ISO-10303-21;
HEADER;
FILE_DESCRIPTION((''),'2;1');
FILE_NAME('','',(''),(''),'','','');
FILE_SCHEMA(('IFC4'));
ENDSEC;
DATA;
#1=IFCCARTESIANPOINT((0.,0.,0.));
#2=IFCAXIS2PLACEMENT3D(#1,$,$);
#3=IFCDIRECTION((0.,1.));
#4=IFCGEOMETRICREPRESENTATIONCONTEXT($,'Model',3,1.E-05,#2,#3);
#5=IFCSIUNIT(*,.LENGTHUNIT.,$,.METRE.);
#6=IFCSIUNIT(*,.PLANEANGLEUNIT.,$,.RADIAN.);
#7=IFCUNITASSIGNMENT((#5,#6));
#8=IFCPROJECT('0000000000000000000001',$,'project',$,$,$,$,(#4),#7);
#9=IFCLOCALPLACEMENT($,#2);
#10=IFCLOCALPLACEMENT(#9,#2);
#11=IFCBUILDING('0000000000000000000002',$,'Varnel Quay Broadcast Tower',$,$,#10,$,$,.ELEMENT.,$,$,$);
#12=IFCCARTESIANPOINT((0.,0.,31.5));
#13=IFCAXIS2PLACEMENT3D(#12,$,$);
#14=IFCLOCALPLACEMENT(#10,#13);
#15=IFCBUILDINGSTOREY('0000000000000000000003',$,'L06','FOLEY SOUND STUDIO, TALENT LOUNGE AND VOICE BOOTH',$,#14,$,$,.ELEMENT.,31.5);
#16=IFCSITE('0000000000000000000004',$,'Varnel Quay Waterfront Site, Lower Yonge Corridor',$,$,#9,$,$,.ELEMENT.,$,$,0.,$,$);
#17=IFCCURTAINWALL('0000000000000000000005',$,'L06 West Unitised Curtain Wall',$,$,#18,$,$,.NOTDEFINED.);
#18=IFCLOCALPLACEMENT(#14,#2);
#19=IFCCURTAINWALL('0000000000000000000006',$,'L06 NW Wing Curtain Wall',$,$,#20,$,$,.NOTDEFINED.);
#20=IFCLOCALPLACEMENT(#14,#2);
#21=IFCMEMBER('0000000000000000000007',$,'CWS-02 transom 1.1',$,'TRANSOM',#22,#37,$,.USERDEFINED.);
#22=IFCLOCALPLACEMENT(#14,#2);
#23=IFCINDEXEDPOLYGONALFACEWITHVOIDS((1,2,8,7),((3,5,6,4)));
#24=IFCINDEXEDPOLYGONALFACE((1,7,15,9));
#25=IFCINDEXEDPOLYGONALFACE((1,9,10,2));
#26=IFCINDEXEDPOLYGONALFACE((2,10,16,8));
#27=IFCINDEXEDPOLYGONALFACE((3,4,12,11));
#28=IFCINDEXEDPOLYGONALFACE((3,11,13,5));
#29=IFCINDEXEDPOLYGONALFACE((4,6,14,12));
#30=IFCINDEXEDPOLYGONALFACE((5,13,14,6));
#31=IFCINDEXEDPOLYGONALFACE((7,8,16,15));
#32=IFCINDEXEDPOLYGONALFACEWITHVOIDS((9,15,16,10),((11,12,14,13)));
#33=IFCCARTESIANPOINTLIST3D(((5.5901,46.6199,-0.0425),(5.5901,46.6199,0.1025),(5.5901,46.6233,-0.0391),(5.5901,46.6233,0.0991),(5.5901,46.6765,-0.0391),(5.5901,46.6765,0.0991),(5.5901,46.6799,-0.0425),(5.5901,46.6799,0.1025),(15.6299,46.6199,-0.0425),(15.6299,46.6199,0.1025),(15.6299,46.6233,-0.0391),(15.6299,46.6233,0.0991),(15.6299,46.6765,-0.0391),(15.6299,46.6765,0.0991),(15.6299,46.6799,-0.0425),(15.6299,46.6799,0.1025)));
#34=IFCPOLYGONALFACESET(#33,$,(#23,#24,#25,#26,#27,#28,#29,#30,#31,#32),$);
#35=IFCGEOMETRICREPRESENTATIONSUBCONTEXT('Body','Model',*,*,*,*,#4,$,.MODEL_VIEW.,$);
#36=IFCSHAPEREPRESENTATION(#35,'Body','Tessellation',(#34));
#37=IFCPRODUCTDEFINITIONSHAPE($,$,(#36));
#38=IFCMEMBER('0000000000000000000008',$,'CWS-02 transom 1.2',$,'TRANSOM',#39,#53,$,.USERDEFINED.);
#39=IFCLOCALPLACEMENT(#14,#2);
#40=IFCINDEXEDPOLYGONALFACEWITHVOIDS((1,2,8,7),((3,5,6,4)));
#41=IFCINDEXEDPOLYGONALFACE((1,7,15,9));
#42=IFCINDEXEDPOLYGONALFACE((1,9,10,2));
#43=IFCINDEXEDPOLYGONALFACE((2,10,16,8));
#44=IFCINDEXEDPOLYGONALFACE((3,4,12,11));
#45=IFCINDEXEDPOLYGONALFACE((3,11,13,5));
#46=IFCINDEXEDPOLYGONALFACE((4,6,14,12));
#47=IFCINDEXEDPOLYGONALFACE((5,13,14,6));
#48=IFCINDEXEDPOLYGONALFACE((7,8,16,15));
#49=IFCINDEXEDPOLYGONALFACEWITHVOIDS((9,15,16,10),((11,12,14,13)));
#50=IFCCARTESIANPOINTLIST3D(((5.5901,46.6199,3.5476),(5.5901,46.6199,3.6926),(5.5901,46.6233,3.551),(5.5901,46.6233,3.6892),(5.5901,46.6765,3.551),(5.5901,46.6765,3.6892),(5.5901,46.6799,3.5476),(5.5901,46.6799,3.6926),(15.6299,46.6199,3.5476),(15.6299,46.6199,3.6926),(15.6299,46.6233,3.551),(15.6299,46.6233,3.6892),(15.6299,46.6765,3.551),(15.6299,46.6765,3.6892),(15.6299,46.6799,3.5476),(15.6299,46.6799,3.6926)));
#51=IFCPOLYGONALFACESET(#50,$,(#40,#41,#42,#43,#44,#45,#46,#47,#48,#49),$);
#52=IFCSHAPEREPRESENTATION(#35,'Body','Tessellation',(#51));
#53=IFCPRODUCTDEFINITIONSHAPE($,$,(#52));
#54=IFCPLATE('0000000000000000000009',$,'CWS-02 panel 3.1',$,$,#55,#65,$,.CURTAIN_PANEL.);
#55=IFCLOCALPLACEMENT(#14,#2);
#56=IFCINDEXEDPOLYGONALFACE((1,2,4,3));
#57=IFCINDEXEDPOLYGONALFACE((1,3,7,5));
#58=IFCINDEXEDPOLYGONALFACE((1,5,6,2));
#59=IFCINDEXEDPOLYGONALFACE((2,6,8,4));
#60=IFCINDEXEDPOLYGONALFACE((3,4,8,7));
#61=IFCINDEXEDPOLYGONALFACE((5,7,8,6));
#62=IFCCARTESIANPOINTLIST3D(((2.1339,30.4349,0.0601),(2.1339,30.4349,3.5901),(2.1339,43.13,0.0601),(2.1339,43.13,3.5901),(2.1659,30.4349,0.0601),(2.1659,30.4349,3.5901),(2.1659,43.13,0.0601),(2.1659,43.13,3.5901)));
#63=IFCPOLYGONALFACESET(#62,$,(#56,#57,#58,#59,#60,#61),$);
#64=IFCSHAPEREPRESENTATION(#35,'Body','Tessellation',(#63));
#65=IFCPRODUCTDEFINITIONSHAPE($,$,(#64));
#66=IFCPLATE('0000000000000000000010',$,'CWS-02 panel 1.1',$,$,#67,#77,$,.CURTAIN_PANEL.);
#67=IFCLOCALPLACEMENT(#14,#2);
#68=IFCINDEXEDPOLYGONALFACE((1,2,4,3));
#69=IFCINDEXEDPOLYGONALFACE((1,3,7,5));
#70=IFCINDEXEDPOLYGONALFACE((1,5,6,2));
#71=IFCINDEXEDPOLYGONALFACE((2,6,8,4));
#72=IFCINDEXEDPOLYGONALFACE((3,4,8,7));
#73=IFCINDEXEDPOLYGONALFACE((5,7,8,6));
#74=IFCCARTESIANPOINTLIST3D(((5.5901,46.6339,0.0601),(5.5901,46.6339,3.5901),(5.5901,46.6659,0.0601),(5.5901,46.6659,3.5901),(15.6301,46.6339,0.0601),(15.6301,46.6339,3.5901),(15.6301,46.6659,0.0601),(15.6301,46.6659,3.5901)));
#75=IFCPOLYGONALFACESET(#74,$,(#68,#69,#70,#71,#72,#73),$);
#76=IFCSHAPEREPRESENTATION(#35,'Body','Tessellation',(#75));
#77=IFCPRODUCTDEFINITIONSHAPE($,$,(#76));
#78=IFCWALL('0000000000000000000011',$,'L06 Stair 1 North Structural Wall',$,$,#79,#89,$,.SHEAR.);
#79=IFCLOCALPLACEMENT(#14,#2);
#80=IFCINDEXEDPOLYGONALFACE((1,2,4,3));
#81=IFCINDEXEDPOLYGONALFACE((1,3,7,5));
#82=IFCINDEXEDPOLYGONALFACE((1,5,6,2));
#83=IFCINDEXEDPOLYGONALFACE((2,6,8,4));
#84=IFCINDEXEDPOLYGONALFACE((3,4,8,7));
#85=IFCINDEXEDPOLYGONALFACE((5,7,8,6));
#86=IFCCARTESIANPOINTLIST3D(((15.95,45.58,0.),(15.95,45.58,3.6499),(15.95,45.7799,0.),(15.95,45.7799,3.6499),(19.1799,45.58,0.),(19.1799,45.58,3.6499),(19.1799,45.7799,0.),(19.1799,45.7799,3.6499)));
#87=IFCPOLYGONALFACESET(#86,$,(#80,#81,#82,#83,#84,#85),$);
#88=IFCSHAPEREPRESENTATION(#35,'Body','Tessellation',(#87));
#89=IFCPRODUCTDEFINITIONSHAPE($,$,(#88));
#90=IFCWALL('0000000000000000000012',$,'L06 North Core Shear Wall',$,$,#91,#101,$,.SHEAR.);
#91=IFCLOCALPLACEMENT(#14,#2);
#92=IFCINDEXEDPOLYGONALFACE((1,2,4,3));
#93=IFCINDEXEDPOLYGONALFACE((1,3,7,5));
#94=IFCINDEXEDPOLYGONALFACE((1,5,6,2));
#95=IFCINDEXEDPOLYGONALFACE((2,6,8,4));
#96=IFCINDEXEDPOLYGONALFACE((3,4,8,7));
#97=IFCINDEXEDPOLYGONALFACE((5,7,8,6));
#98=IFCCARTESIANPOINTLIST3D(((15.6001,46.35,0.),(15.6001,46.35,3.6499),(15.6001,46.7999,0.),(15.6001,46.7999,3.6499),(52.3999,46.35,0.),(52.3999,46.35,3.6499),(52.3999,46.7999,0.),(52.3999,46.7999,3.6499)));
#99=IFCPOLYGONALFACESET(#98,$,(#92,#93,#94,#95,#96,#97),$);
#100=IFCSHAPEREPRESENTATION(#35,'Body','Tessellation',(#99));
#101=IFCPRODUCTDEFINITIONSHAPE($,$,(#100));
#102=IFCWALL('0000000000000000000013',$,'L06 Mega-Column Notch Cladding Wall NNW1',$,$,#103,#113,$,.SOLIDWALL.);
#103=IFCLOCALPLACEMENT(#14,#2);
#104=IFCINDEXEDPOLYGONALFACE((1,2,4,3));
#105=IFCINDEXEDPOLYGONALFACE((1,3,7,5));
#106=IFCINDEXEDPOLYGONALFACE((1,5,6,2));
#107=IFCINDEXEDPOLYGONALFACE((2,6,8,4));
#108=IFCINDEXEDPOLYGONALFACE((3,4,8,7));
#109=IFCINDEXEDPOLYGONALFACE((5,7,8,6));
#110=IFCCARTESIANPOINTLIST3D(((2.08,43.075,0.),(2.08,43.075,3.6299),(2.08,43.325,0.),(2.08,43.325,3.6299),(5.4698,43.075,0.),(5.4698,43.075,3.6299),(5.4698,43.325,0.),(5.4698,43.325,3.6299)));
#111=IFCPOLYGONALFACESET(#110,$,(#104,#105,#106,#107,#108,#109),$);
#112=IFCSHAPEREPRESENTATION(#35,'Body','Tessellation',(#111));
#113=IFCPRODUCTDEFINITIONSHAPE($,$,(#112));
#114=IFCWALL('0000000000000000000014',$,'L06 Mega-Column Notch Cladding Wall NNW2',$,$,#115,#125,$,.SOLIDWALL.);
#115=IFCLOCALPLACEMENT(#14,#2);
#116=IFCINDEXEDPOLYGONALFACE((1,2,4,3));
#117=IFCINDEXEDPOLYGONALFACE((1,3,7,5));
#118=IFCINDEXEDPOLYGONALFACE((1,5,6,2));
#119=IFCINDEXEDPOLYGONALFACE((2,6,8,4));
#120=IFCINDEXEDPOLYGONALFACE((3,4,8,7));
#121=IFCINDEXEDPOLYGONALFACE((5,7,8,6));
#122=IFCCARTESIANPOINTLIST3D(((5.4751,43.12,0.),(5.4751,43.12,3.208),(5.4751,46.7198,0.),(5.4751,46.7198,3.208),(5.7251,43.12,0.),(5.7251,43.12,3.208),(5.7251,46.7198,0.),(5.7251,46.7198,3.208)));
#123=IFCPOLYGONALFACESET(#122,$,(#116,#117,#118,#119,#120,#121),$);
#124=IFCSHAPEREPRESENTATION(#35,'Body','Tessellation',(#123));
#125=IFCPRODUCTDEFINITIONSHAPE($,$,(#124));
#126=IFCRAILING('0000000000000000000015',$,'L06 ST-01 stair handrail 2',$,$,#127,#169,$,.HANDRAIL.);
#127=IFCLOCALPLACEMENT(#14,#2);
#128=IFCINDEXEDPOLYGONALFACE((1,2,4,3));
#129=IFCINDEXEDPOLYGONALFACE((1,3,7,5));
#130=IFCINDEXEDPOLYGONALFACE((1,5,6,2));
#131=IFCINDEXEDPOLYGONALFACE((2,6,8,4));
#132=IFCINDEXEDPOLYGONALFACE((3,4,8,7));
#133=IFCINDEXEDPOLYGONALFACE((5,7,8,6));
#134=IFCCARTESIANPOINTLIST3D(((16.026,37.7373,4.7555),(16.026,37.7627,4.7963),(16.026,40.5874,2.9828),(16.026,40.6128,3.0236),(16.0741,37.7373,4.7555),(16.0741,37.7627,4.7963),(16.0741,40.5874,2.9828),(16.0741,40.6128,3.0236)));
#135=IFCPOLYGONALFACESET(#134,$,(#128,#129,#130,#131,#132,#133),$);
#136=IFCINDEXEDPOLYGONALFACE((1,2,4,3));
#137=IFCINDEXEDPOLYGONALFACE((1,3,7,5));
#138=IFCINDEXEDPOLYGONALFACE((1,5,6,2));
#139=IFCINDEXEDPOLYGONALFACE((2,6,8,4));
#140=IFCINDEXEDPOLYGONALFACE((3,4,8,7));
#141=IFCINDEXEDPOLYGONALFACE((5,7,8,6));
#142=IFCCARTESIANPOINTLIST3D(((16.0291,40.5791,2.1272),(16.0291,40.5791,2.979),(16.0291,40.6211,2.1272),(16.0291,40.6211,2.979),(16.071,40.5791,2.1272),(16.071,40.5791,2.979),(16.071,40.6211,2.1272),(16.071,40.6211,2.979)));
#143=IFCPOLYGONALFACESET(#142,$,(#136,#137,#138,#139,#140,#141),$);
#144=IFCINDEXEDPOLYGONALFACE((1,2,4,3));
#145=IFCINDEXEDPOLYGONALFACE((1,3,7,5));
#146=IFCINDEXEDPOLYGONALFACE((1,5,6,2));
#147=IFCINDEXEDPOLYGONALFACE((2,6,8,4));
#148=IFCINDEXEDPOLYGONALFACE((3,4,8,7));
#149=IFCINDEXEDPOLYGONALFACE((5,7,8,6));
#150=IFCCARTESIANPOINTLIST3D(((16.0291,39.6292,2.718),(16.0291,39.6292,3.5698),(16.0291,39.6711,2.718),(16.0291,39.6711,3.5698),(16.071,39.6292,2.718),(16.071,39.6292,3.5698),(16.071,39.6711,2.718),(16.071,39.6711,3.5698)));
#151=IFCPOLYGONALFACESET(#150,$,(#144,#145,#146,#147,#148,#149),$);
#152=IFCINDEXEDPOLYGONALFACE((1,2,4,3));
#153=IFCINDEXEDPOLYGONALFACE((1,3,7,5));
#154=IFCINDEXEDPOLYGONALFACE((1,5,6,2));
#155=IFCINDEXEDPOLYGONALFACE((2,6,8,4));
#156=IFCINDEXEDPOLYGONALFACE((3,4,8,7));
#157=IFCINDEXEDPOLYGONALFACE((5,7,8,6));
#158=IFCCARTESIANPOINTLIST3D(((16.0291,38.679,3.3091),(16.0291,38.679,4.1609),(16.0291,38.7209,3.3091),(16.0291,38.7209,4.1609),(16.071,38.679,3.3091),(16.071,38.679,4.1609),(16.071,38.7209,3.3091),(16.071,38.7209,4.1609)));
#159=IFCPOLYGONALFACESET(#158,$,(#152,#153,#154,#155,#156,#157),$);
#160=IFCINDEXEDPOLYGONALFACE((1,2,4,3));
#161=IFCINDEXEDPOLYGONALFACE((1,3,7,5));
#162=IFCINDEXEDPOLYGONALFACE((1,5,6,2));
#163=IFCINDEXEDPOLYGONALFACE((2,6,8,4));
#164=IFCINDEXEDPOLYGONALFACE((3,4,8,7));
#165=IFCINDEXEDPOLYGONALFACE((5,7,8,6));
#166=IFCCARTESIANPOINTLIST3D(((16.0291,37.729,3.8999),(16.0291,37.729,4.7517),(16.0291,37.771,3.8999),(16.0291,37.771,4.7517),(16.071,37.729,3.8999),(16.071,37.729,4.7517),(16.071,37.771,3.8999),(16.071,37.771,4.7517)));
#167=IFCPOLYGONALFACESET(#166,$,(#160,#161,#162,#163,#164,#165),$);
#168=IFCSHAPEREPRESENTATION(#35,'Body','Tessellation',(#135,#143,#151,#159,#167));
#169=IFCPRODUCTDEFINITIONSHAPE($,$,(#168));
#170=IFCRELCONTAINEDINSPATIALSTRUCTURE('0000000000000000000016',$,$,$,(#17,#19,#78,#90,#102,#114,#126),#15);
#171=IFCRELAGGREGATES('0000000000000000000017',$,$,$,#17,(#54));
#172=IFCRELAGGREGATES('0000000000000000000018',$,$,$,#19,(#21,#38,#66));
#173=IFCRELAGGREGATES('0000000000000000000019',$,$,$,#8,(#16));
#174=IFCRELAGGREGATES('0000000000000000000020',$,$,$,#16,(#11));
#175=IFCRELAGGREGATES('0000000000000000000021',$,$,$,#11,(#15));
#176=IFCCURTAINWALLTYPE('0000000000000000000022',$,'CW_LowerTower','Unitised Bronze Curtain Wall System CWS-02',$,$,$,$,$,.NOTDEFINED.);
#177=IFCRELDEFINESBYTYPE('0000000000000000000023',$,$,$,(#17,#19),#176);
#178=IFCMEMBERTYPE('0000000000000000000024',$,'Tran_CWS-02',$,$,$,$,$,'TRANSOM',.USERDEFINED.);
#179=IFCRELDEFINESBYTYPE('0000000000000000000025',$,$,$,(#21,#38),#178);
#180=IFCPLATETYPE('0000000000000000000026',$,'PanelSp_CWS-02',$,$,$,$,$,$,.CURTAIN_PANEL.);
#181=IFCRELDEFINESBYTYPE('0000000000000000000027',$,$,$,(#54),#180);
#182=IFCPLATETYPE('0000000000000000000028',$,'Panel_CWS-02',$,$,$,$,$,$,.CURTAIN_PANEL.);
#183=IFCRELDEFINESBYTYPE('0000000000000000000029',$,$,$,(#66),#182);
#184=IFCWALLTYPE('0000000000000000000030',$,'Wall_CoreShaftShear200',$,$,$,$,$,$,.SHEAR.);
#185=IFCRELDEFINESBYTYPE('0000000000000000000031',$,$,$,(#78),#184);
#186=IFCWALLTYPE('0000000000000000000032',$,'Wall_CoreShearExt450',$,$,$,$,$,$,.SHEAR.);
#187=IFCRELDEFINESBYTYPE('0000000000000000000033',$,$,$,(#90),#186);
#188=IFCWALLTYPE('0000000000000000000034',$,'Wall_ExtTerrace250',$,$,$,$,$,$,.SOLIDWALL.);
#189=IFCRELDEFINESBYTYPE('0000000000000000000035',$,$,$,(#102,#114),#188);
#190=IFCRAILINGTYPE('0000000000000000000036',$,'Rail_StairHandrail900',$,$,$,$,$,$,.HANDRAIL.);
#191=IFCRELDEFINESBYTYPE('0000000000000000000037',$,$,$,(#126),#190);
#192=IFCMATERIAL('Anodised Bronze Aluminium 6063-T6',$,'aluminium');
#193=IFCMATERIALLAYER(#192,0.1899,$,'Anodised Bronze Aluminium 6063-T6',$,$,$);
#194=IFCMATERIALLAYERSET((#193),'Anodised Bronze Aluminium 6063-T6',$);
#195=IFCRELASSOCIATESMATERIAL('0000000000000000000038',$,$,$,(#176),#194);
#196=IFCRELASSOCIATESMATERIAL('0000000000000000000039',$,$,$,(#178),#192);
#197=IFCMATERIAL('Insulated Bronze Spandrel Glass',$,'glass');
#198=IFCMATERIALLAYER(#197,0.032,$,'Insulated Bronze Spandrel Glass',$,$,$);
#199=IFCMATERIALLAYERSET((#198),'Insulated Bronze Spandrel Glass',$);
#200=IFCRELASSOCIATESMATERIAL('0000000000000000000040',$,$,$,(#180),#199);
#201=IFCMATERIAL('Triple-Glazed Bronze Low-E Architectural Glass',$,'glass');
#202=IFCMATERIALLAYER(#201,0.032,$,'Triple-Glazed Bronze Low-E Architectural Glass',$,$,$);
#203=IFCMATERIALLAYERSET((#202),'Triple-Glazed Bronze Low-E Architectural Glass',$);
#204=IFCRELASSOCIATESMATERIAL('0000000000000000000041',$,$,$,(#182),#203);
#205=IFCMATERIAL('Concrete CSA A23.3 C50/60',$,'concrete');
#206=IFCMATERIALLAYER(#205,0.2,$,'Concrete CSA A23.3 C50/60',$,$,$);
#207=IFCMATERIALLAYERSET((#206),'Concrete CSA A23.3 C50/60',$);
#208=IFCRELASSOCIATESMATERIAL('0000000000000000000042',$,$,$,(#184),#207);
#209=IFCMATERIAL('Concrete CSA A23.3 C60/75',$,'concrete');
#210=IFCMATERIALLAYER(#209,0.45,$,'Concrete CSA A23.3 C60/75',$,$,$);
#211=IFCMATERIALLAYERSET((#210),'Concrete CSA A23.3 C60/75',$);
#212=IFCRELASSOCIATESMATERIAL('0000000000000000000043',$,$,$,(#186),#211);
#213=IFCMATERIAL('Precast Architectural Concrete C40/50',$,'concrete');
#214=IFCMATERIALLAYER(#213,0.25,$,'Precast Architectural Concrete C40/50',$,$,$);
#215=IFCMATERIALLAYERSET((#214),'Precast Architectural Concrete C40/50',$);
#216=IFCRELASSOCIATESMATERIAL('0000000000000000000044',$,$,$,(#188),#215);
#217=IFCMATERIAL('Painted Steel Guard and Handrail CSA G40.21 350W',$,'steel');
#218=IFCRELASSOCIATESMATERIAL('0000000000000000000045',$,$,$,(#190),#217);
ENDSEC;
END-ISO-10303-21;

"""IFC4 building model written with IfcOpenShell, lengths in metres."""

from ifc_helpers import new_model, si_unit, direction, frame, frame_2d, origin, origin_2d, place, context, subcontext, project, spatial, rectangle, hollow_rectangle, extrude, source, transform, mapped, material, layer, layer_set, material_profile, profile_set, type_object, type_shapes, element, aggregate, save


model = new_model("IFC4")

# Units and contexts
model_context = context("Model", 3, precision=1e-05, world=origin(), true_north=direction((0.0, 1.0)))
body_context = subcontext(model_context, "Body", "Model", "MODEL_VIEW")
ifc_project = project(units=[si_unit("LENGTHUNIT", "METRE"), si_unit("PLANEANGLEUNIT", "RADIAN")], contexts=[model_context])

# Site, building, storey
site_placement = place(None, origin())
site = spatial("IfcSite", under=ifc_project, at=site_placement, Name="Varnel Quay Waterfront Site, Lower Yonge Corridor", CompositionType="ELEMENT", RefElevation=0.0)
building_placement = place(site_placement, origin())
building = spatial("IfcBuilding", under=site, at=building_placement, Name="Varnel Quay Broadcast Tower", CompositionType="ELEMENT")
storey_placement = place(building_placement, frame((0.0, 0.0, 31.5)))
storey = spatial("IfcBuildingStorey", under=building, at=storey_placement, Name="L06", Description="FOLEY SOUND STUDIO, TALENT LOUNGE AND VOICE BOOTH", CompositionType="ELEMENT", Elevation=31.5)

# Curtain wall
ifc_material_1 = material(Name="Anodised Bronze Aluminium 6063-T6", Category="aluminium")
ifc_layer_1 = layer(ifc_material_1, 0.1899, Name="Anodised Bronze Aluminium 6063-T6")
ifc_layer_set_1 = layer_set([ifc_layer_1], Name="Anodised Bronze Aluminium 6063-T6")
curtain_wall_type = type_object("IfcCurtainWallType", Name="CW_LowerTower", Description="Unitised Bronze Curtain Wall System CWS-02", PredefinedType="NOTDEFINED", material=ifc_layer_set_1)
curtain_wall_1_placement = place(storey_placement, origin())
curtain_wall_1 = element("IfcCurtainWall", 1, at=curtain_wall_1_placement, inside=storey, type_object=curtain_wall_type, Name="L06 West Unitised Curtain Wall", PredefinedType="NOTDEFINED")

# Curtain wall, members
curtain_wall_2_placement = place(storey_placement, origin())
curtain_wall_2 = element("IfcCurtainWall", 2, at=curtain_wall_2_placement, inside=storey, type_object=curtain_wall_type, Name="L06 NW Wing Curtain Wall", PredefinedType="NOTDEFINED")
ifc_material_profile_1 = material_profile(ifc_material_1, hollow_rectangle(XDim=0.0601, YDim=0.145, WallThickness=0.0034, at=origin_2d()), Name="ALU60X145X3.5")
ifc_profile_set_1 = profile_set([ifc_material_profile_1], Name="Anodised Bronze Aluminium 6063-T6")
member_type_1 = type_object("IfcMemberType", Name="Tran_CWS-02", ElementType="TRANSOM", PredefinedType="USERDEFINED", material=ifc_profile_set_1)
shared_shape_1 = source(origin(), body_context, "Body", "SweptSolid", [
    extrude(hollow_rectangle(XDim=0.0601, YDim=0.145, WallThickness=0.0034, at=origin_2d()), origin(), (0.0, 0.0, 1.0), 10.0398),
])
type_shapes(member_type_1, [shared_shape_1])
member_1_placement = place(storey_placement, frame((5.5901, 46.6499, 0.03), z_axis=(1.0, 0.0, 0.0), x_axis=(0.0, 1.0, 0.0)))
member_1 = element("IfcMember", 3, at=member_1_placement, type_object=member_type_1, Name="CWS-02 transom 1.1", ObjectType="TRANSOM", PredefinedType="USERDEFINED", context=body_context, shape_type="MappedRepresentation", body=[
    mapped(shared_shape_1, transform((0.0, 0.0, 0.0), x_axis=(1.0, 0.0, 0.0), y_axis=(0.0, 1.0, 0.0), z_axis=(0.0, 0.0, 1.0), scale=1.0)),
])
member_2_placement = place(storey_placement, frame((5.5901, 46.6499, 3.6201), z_axis=(1.0, 0.0, 0.0), x_axis=(0.0, 1.0, 0.0)))
member_2 = element("IfcMember", 4, at=member_2_placement, type_object=member_type_1, Name="CWS-02 transom 1.2", ObjectType="TRANSOM", PredefinedType="USERDEFINED", context=body_context, shape_type="MappedRepresentation", body=[
    mapped(shared_shape_1, transform((0.0, 0.0, 0.0), x_axis=(1.0, 0.0, 0.0), y_axis=(0.0, 1.0, 0.0), z_axis=(0.0, 0.0, 1.0), scale=1.0)),
])

# Plates
ifc_material_2 = material(Name="Insulated Bronze Spandrel Glass", Category="glass")
ifc_layer_2 = layer(ifc_material_2, 0.032, Name="Insulated Bronze Spandrel Glass")
ifc_layer_set_2 = layer_set([ifc_layer_2], Name="Insulated Bronze Spandrel Glass")
plate_type_1 = type_object("IfcPlateType", Name="PanelSp_CWS-02", PredefinedType="CURTAIN_PANEL", material=ifc_layer_set_2)
shared_shape_2 = source(origin(), body_context, "Body", "SweptSolid", [
    extrude(rectangle(XDim=12.6951, YDim=0.032, at=origin_2d()), origin(), (0.0, 0.0, 1.0), 3.53),
])
type_shapes(plate_type_1, [shared_shape_2])
plate_1_placement = place(storey_placement, frame((2.1499, 36.7825, 0.0601), z_axis=(0.0, 0.0, 1.0), x_axis=(0.0, 1.0, 0.0)))
plate_1 = element("IfcPlate", 5, at=plate_1_placement, type_object=plate_type_1, Name="CWS-02 panel 3.1", PredefinedType="CURTAIN_PANEL", context=body_context, shape_type="MappedRepresentation", body=[
    mapped(shared_shape_2, transform((0.0, 0.0, 0.0), x_axis=(1.0, 0.0, 0.0), y_axis=(0.0, 1.0, 0.0), z_axis=(0.0, 0.0, 1.0), scale=1.0)),
])
aggregate(curtain_wall_1, [plate_1])
ifc_material_3 = material(Name="Triple-Glazed Bronze Low-E Architectural Glass", Category="glass")
ifc_layer_3 = layer(ifc_material_3, 0.032, Name="Triple-Glazed Bronze Low-E Architectural Glass")
ifc_layer_set_3 = layer_set([ifc_layer_3], Name="Triple-Glazed Bronze Low-E Architectural Glass")
plate_type_2 = type_object("IfcPlateType", Name="Panel_CWS-02", PredefinedType="CURTAIN_PANEL", material=ifc_layer_set_3)
shared_shape_3 = source(origin(), body_context, "Body", "SweptSolid", [
    extrude(rectangle(XDim=10.04, YDim=0.032, at=origin_2d()), origin(), (0.0, 0.0, 1.0), 3.53),
])
type_shapes(plate_type_2, [shared_shape_3])
plate_2_placement = place(storey_placement, frame((10.6101, 46.6499, 0.0601), z_axis=(0.0, 0.0, 1.0), x_axis=(1.0, 0.0, 0.0)))
plate_2 = element("IfcPlate", 6, at=plate_2_placement, type_object=plate_type_2, Name="CWS-02 panel 1.1", PredefinedType="CURTAIN_PANEL", context=body_context, shape_type="MappedRepresentation", body=[
    mapped(shared_shape_3, transform((0.0, 0.0, 0.0), x_axis=(1.0, 0.0, 0.0), y_axis=(0.0, 1.0, 0.0), z_axis=(0.0, 0.0, 1.0), scale=1.0)),
])
aggregate(curtain_wall_2, [member_1, member_2, plate_2])

# Walls
ifc_material_4 = material(Name="Concrete CSA A23.3 C50/60", Category="concrete")
ifc_layer_4 = layer(ifc_material_4, 0.2, Name="Concrete CSA A23.3 C50/60")
ifc_layer_set_4 = layer_set([ifc_layer_4], Name="Concrete CSA A23.3 C50/60")
wall_type_1 = type_object("IfcWallType", Name="Wall_CoreShaftShear200", PredefinedType="SHEAR", material=ifc_layer_set_4)
wall_1_placement = place(storey_placement, frame((15.95, 45.6799, 0.0), z_axis=(0.0, 0.0, 1.0), x_axis=(1.0, 0.0, 0.0)))
element("IfcWall", 7, at=wall_1_placement, inside=storey, type_object=wall_type_1, Name="L06 Stair 1 North Structural Wall", PredefinedType="SHEAR", context=body_context, shape_type="SweptSolid", body=[
    extrude(rectangle(XDim=3.23, YDim=0.2, at=frame_2d((1.615, 0.0))), origin(), (0.0, 0.0, 1.0), 3.6499),
])
ifc_material_5 = material(Name="Concrete CSA A23.3 C60/75", Category="concrete")
ifc_layer_5 = layer(ifc_material_5, 0.45, Name="Concrete CSA A23.3 C60/75")
ifc_layer_set_5 = layer_set([ifc_layer_5], Name="Concrete CSA A23.3 C60/75")
wall_type_2 = type_object("IfcWallType", Name="Wall_CoreShearExt450", PredefinedType="SHEAR", material=ifc_layer_set_5)
wall_2_placement = place(storey_placement, frame((15.6001, 46.575, 0.0), z_axis=(0.0, 0.0, 1.0), x_axis=(1.0, 0.0, 0.0)))
element("IfcWall", 8, at=wall_2_placement, inside=storey, type_object=wall_type_2, Name="L06 North Core Shear Wall", PredefinedType="SHEAR", context=body_context, shape_type="SweptSolid", body=[
    extrude(rectangle(XDim=36.7998, YDim=0.45, at=frame_2d((18.3999, 0.0))), origin(), (0.0, 0.0, 1.0), 3.6499),
])
ifc_material_6 = material(Name="Precast Architectural Concrete C40/50", Category="concrete")
ifc_layer_6 = layer(ifc_material_6, 0.25, Name="Precast Architectural Concrete C40/50")
ifc_layer_set_6 = layer_set([ifc_layer_6], Name="Precast Architectural Concrete C40/50")
wall_type_3 = type_object("IfcWallType", Name="Wall_ExtTerrace250", PredefinedType="SOLIDWALL", material=ifc_layer_set_6)
wall_3_placement = place(storey_placement, frame((2.0801, 43.2, 0.0), z_axis=(0.0, 0.0, 1.0), x_axis=(1.0, 0.0, 0.0)))
element("IfcWall", 9, at=wall_3_placement, inside=storey, type_object=wall_type_3, Name="L06 Mega-Column Notch Cladding Wall NNW1", PredefinedType="SOLIDWALL", context=body_context, shape_type="SweptSolid", body=[
    extrude(rectangle(XDim=3.3899, YDim=0.25, at=frame_2d((1.6948, 0.0))), origin(), (0.0, 0.0, 1.0), 3.6299),
])
wall_4_placement = place(storey_placement, frame((5.6001, 43.1201, 0.0), z_axis=(0.0, 0.0, 1.0), x_axis=(0.0, 1.0, 0.0)))
element("IfcWall", 10, at=wall_4_placement, inside=storey, type_object=wall_type_3, Name="L06 Mega-Column Notch Cladding Wall NNW2", PredefinedType="SOLIDWALL", context=body_context, shape_type="SweptSolid", body=[
    extrude(rectangle(XDim=3.5999, YDim=0.25, at=frame_2d((1.7998, 0.0))), origin(), (0.0, 0.0, 1.0), 3.208),
])

# Railing
ifc_material_7 = material(Name="Painted Steel Guard and Handrail CSA G40.21 350W", Category="steel")
railing_type = type_object("IfcRailingType", Name="Rail_StairHandrail900", PredefinedType="HANDRAIL", material=ifc_material_7)
railing_placement = place(storey_placement, frame((16.05, 40.6001, 2.1272)))
element("IfcRailing", 11, at=railing_placement, inside=storey, type_object=railing_type, Name="L06 ST-01 stair handrail 2", PredefinedType="HANDRAIL", context=body_context, shape_type="SweptSolid", body=[
    extrude(rectangle(XDim=0.0481, YDim=0.0481, at=origin_2d()), frame((0.0, 0.0, 0.876), z_axis=(0.0, -0.849149, 0.528154), x_axis=(1.0, 0.0, 0.0)), (0.0, 0.0, 1.0), 3.3564),
    extrude(rectangle(XDim=0.042, YDim=0.042, at=origin_2d()), origin(), (0.0, 0.0, 1.0), 0.8518),
    extrude(rectangle(XDim=0.042, YDim=0.042, at=origin_2d()), frame((0.0, -0.95, 0.5908)), (0.0, 0.0, 1.0), 0.8518),
    extrude(rectangle(XDim=0.042, YDim=0.042, at=origin_2d()), frame((0.0, -1.9001, 1.1819)), (0.0, 0.0, 1.0), 0.8518),
    extrude(rectangle(XDim=0.042, YDim=0.042, at=origin_2d()), frame((0.0, -2.8501, 1.7727)), (0.0, 0.0, 1.0), 0.8518),
])

save(model, "model.ifc")
